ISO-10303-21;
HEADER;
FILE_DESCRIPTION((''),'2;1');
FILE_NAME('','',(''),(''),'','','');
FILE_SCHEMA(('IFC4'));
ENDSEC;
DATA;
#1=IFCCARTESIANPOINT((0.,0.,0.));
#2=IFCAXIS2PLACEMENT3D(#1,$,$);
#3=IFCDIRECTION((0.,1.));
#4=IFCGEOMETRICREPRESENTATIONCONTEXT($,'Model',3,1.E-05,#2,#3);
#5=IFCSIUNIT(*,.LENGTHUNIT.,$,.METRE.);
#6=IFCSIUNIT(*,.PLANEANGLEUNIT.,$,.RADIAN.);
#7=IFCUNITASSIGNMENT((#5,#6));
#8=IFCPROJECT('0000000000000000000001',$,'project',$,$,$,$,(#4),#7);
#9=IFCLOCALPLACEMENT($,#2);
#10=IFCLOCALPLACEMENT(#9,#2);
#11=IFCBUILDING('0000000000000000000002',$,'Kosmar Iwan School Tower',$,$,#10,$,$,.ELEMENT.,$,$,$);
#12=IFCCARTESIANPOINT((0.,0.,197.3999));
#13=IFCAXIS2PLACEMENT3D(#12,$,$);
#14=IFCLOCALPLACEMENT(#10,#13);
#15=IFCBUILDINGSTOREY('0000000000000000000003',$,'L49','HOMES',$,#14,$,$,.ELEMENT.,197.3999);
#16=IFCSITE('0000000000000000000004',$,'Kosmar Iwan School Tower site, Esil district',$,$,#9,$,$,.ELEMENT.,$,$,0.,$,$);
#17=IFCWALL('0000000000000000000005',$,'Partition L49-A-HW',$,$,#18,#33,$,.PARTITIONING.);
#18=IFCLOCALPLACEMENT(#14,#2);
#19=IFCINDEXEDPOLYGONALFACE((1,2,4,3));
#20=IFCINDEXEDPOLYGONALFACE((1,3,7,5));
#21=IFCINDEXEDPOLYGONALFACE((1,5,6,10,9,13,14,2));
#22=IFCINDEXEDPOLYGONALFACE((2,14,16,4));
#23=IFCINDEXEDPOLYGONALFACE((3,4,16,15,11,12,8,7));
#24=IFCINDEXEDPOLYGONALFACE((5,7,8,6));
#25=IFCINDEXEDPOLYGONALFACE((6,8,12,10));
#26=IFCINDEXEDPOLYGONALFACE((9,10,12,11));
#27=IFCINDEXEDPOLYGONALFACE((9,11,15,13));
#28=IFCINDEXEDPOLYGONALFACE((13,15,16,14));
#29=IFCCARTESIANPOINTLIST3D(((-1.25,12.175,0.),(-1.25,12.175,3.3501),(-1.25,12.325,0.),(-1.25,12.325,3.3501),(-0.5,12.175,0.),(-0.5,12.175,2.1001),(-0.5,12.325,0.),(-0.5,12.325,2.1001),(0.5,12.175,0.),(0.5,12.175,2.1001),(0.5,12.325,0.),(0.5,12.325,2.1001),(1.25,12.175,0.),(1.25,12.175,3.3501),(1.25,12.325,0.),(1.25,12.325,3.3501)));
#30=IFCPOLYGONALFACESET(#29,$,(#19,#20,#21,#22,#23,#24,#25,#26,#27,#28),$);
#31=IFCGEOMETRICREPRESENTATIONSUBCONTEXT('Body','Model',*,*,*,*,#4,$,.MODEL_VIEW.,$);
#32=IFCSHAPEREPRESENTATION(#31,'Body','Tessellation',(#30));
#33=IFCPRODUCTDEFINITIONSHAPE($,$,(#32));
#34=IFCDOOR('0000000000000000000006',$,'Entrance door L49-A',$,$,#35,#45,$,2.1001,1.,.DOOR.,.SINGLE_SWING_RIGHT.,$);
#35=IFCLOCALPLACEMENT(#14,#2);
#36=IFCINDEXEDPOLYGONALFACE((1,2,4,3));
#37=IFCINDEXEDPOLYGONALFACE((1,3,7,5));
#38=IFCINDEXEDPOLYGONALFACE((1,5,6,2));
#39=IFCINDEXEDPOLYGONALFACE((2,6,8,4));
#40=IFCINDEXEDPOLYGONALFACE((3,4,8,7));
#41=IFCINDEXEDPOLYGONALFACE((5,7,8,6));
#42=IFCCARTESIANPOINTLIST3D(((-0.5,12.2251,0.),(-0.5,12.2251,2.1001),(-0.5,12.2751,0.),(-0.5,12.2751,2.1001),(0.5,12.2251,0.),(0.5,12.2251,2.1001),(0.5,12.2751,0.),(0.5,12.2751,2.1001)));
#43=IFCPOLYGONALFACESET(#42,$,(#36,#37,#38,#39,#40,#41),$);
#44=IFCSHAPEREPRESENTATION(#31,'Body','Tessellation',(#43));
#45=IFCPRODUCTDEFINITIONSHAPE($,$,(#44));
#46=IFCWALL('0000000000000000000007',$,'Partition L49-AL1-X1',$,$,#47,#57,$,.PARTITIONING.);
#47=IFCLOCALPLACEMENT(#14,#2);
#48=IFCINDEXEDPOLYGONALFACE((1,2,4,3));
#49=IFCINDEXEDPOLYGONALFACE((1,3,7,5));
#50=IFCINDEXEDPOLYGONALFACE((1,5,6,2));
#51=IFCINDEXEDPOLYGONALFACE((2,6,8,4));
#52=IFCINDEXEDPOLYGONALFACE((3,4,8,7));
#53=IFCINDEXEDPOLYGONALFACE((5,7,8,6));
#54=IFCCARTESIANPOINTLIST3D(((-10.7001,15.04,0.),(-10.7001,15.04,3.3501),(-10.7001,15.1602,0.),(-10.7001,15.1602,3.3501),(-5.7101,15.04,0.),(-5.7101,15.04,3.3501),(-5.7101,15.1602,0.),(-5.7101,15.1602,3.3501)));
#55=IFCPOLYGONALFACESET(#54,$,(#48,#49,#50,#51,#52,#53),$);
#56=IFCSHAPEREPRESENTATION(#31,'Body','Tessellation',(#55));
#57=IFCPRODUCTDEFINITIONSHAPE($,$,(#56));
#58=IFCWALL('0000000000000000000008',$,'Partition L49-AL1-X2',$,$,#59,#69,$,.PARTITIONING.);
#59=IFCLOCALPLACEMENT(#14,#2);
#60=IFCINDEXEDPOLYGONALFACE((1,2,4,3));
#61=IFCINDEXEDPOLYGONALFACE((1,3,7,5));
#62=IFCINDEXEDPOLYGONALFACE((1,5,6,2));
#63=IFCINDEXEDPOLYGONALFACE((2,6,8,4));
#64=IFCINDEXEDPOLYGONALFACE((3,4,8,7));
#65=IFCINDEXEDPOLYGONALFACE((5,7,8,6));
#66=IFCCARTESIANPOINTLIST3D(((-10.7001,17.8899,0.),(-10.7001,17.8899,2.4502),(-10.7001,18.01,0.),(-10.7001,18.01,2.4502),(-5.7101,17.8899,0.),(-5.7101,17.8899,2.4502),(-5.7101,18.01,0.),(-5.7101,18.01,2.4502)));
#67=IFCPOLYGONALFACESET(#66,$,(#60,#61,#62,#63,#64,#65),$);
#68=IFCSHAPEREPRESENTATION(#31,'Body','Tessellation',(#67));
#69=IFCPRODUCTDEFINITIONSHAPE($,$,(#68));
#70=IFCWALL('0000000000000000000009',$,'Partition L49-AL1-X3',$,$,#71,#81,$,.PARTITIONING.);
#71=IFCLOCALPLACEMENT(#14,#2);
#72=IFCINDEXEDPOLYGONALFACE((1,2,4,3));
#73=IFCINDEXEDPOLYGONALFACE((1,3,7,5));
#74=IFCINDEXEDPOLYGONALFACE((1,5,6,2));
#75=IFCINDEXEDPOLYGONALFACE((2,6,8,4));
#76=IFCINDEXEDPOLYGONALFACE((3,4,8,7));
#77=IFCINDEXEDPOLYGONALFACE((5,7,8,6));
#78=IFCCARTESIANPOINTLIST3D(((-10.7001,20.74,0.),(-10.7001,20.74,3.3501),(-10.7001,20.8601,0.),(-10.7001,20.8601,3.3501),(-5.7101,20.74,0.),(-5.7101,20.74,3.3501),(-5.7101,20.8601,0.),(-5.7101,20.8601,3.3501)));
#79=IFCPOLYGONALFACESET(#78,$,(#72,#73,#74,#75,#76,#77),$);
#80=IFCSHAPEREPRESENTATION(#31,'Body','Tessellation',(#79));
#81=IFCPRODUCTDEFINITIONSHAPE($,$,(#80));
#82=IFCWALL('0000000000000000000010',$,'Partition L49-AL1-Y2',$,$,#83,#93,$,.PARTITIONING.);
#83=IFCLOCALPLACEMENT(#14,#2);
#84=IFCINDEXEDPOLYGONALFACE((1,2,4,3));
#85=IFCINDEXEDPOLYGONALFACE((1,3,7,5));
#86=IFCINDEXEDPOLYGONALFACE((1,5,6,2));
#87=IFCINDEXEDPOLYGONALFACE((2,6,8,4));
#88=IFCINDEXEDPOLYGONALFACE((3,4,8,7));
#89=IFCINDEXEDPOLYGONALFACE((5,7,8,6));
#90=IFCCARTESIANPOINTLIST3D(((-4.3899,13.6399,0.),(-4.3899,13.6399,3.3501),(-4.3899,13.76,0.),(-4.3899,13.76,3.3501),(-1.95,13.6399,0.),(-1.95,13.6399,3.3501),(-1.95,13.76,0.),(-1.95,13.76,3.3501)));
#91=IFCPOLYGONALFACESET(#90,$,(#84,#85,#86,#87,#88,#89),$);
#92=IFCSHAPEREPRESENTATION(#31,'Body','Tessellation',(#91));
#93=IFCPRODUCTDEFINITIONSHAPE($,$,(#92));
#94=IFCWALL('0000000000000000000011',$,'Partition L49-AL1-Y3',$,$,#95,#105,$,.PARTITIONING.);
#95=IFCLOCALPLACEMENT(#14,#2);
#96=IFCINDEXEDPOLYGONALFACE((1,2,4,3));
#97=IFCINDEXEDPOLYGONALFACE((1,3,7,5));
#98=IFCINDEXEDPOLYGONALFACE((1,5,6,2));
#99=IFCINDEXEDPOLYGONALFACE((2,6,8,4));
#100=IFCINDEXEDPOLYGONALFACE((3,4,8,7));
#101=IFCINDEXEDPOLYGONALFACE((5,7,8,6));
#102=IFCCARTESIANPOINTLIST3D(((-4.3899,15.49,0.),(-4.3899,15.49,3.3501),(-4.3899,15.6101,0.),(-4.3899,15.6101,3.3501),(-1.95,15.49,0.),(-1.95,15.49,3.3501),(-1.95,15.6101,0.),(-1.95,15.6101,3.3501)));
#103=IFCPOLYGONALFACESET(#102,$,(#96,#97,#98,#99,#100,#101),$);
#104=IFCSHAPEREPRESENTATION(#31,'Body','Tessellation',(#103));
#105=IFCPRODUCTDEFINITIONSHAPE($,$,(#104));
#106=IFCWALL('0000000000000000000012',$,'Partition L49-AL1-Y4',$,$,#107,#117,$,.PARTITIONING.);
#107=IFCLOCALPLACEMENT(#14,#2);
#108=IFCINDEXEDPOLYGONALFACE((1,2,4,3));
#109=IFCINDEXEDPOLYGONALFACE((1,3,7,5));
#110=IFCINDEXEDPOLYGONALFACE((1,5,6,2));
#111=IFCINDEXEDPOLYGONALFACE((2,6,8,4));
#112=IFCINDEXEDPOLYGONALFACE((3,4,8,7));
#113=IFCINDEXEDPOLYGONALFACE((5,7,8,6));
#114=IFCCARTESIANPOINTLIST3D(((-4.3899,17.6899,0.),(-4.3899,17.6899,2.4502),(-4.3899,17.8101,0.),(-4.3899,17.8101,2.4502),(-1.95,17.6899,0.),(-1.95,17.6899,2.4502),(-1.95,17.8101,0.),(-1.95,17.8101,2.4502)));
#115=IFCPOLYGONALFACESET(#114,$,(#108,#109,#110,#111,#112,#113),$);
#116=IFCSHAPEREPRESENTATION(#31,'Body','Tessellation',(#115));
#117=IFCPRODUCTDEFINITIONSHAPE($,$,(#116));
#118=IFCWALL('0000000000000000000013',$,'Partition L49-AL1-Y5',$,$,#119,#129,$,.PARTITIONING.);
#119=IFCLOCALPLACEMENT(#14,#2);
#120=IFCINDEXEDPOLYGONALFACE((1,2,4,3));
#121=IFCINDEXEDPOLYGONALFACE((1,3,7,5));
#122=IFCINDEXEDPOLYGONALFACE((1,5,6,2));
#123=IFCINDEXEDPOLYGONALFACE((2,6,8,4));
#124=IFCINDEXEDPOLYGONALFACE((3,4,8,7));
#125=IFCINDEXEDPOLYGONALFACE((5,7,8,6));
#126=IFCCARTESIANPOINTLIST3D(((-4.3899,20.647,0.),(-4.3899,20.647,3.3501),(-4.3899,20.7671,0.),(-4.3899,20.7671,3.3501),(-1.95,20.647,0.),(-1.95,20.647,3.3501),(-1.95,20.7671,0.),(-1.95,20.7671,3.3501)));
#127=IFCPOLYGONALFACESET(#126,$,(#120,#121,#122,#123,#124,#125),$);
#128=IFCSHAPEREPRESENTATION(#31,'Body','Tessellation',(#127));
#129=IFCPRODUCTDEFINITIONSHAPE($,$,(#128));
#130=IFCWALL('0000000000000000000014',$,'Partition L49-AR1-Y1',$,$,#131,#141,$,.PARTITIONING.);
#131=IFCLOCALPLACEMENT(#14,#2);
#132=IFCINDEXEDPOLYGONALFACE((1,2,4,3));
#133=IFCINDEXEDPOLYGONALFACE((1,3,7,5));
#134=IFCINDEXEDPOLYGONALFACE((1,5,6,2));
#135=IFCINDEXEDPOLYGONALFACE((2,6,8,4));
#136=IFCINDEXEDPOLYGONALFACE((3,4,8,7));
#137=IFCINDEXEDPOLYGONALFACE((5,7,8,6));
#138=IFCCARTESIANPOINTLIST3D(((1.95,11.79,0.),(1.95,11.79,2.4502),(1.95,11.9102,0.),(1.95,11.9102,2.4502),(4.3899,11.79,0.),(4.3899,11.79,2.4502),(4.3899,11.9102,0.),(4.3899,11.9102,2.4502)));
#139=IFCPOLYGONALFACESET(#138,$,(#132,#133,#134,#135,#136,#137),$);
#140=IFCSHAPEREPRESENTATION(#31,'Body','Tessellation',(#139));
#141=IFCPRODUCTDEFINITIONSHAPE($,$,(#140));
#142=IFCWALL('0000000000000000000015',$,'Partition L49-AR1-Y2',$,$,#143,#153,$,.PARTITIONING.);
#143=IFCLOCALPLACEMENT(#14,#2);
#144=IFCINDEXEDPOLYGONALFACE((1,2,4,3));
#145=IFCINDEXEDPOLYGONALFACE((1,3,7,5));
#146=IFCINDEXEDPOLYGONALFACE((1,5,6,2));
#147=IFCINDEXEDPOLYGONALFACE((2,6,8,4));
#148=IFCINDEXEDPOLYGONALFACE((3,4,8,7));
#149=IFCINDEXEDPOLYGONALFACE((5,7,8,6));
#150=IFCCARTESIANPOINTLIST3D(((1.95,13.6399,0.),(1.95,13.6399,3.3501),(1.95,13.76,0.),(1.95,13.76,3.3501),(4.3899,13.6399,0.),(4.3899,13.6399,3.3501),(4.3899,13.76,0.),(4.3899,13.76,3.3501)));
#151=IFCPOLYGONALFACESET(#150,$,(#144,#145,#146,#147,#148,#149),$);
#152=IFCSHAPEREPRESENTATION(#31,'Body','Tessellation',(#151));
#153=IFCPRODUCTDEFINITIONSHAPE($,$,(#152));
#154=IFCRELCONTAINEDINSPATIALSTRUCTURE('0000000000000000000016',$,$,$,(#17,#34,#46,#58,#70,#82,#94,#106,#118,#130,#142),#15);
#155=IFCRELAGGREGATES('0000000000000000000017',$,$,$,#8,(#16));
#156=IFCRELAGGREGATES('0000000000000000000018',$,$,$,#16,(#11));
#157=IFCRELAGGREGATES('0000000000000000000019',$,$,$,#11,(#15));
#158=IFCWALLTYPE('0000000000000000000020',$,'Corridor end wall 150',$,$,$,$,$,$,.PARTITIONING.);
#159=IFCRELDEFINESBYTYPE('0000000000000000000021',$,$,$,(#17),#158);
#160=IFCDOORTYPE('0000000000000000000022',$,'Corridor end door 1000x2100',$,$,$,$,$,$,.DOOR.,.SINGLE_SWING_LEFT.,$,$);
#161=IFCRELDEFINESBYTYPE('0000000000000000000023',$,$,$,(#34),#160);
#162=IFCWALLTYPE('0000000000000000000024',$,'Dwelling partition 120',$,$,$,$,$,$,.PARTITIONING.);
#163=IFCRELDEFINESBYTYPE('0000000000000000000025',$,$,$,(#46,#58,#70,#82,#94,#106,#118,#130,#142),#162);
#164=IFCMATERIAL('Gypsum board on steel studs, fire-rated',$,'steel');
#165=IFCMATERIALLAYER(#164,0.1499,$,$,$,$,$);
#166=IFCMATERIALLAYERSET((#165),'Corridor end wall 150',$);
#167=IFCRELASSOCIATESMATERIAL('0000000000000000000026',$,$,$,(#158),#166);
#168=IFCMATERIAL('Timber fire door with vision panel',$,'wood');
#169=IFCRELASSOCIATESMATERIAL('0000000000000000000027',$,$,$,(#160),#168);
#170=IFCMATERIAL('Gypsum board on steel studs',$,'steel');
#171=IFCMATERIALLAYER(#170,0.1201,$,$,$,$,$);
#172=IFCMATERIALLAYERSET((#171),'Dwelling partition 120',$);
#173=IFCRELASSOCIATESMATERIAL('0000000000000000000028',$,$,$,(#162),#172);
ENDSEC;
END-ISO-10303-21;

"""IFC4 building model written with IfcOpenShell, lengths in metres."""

from ifc_helpers import new_model, si_unit, direction, frame, frame_2d, origin, place, context, subcontext, project, spatial, rectangle, extrude, material, layer, layer_set, type_object, element, fill, save


model = new_model("IFC4")

# Units and contexts
model_context = context("Model", 3, precision=1e-05, world=origin(), true_north=direction((0.0, 1.0)))
body_context = subcontext(model_context, "Body", "Model", "MODEL_VIEW")
ifc_project = project(units=[si_unit("LENGTHUNIT", "METRE"), si_unit("PLANEANGLEUNIT", "RADIAN")], contexts=[model_context])

# Site, building, storey
site_placement = place(None, origin())
site = spatial("IfcSite", under=ifc_project, at=site_placement, Name="Kosmar Iwan School Tower site, Esil district", CompositionType="ELEMENT", RefElevation=0.0)
building_placement = place(site_placement, origin())
building = spatial("IfcBuilding", under=site, at=building_placement, Name="Kosmar Iwan School Tower", CompositionType="ELEMENT")
storey_placement = place(building_placement, frame((0.0, 0.0, 197.3999)))
storey = spatial("IfcBuildingStorey", under=building, at=storey_placement, Name="L49", Description="HOMES", CompositionType="ELEMENT", Elevation=197.3999)

# Wall, opening, door
ifc_material_1 = material(Name="Gypsum board on steel studs, fire-rated", Category="steel")
ifc_layer_1 = layer(ifc_material_1, 0.1499)
ifc_layer_set_1 = layer_set([ifc_layer_1], Name="Corridor end wall 150")
wall_type_1 = type_object("IfcWallType", Name="Corridor end wall 150", PredefinedType="PARTITIONING", material=ifc_layer_set_1)
ifc_material_2 = material(Name="Timber fire door with vision panel", Category="wood")
door_type = type_object("IfcDoorType", Name="Corridor end door 1000x2100", OperationType="SINGLE_SWING_LEFT", PredefinedType="DOOR", material=ifc_material_2)
wall_1_placement = place(storey_placement, frame((1.25, 12.25, 0.0), z_axis=(0.0, 0.0, 1.0), x_axis=(-1.0, 0.0, 0.0)))
wall_1 = element("IfcWall", 1, at=wall_1_placement, inside=storey, type_object=wall_type_1, Name="Partition L49-A-HW", PredefinedType="PARTITIONING", context=body_context, shape_type="SweptSolid", body=[
    extrude(rectangle(XDim=2.5, YDim=0.1499, at=frame_2d((1.25, 0.0))), origin(), (0.0, 0.0, 1.0), 3.3501),
])
opening_1_placement = place(wall_1_placement, frame((0.75, 0.0, 0.0)))
opening_1 = element("IfcOpeningElement", 2, at=opening_1_placement, cuts=wall_1, PredefinedType="OPENING", context=body_context, shape_type="SweptSolid", body=[
    extrude(rectangle(XDim=1.0, YDim=2.1001, at=frame_2d((0.5, 1.05))), frame((0.0, 0.0869, 0.0), z_axis=(0.0, -1.0, 0.0), x_axis=(1.0, 0.0, 0.0)), (0.0, 0.0, 1.0), 0.1738),
])
door_1_placement = place(opening_1_placement, origin())
door_1 = element("IfcDoor", 3, at=door_1_placement, inside=storey, type_object=door_type, Name="Entrance door L49-A", OperationType="SINGLE_SWING_RIGHT", OverallHeight=2.1001, OverallWidth=1.0, PredefinedType="DOOR", context=body_context, shape_type="SweptSolid", body=[
    extrude(rectangle(XDim=1.0, YDim=2.1001, at=frame_2d((0.5, 1.05))), frame((0.0, 0.0249, 0.0), z_axis=(0.0, -1.0, 0.0), x_axis=(1.0, 0.0, 0.0)), (0.0, 0.0, 1.0), 0.05),
])
fill(opening_1, door_1)

# Walls
ifc_material_3 = material(Name="Gypsum board on steel studs", Category="steel")
ifc_layer_2 = layer(ifc_material_3, 0.1201)
ifc_layer_set_2 = layer_set([ifc_layer_2], Name="Dwelling partition 120")
wall_type_2 = type_object("IfcWallType", Name="Dwelling partition 120", PredefinedType="PARTITIONING", material=ifc_layer_set_2)
wall_2_placement = place(storey_placement, frame((-5.71, 15.1001, 0.0), z_axis=(0.0, 0.0, 1.0), x_axis=(-1.0, 0.0, 0.0)))
element("IfcWall", 4, at=wall_2_placement, inside=storey, type_object=wall_type_2, Name="Partition L49-AL1-X1", PredefinedType="PARTITIONING", context=body_context, shape_type="SweptSolid", body=[
    extrude(rectangle(XDim=4.99, YDim=0.1201, at=frame_2d((2.4951, 0.0))), origin(), (0.0, 0.0, 1.0), 3.3501),
])
wall_3_placement = place(storey_placement, frame((-5.71, 17.95, 0.0), z_axis=(0.0, 0.0, 1.0), x_axis=(-1.0, 0.0, 0.0)))
element("IfcWall", 5, at=wall_3_placement, inside=storey, type_object=wall_type_2, Name="Partition L49-AL1-X2", PredefinedType="PARTITIONING", context=body_context, shape_type="SweptSolid", body=[
    extrude(rectangle(XDim=4.99, YDim=0.1201, at=frame_2d((2.4951, 0.0))), origin(), (0.0, 0.0, 1.0), 2.4502),
])
wall_4_placement = place(storey_placement, frame((-5.71, 20.8, 0.0), z_axis=(0.0, 0.0, 1.0), x_axis=(-1.0, 0.0, 0.0)))
element("IfcWall", 6, at=wall_4_placement, inside=storey, type_object=wall_type_2, Name="Partition L49-AL1-X3", PredefinedType="PARTITIONING", context=body_context, shape_type="SweptSolid", body=[
    extrude(rectangle(XDim=4.99, YDim=0.1201, at=frame_2d((2.4951, 0.0))), origin(), (0.0, 0.0, 1.0), 3.3501),
])
for number, where, z_axis, x_axis, name in (
    (7, (-1.95, 13.7, 0.0), (0.0, 0.0, 1.0), (-1.0, 0.0, 0.0), "Partition L49-AL1-Y2"),
    (8, (-1.95, 15.55, 0.0), (0.0, 0.0, 1.0), (-1.0, 0.0, 0.0), "Partition L49-AL1-Y3"),
):
    element("IfcWall", number, at=place(storey_placement, frame(where, z_axis=z_axis, x_axis=x_axis)), inside=storey, type_object=wall_type_2, Name=name, PredefinedType="PARTITIONING", context=body_context, shape_type="SweptSolid", body=[
        extrude(rectangle(XDim=2.4399, YDim=0.1201, at=frame_2d((1.22, 0.0))), origin(), (0.0, 0.0, 1.0), 3.3501),
    ])
wall_5_placement = place(storey_placement, frame((-1.95, 17.75, 0.0), z_axis=(0.0, 0.0, 1.0), x_axis=(-1.0, 0.0, 0.0)))
element("IfcWall", 9, at=wall_5_placement, inside=storey, type_object=wall_type_2, Name="Partition L49-AL1-Y4", PredefinedType="PARTITIONING", context=body_context, shape_type="SweptSolid", body=[
    extrude(rectangle(XDim=2.4399, YDim=0.1201, at=frame_2d((1.22, 0.0))), origin(), (0.0, 0.0, 1.0), 2.4502),
])
wall_6_placement = place(storey_placement, frame((-1.95, 20.707, 0.0), z_axis=(0.0, 0.0, 1.0), x_axis=(-1.0, 0.0, 0.0)))
element("IfcWall", 10, at=wall_6_placement, inside=storey, type_object=wall_type_2, Name="Partition L49-AL1-Y5", PredefinedType="PARTITIONING", context=body_context, shape_type="SweptSolid", body=[
    extrude(rectangle(XDim=2.4399, YDim=0.1201, at=frame_2d((1.22, 0.0))), origin(), (0.0, 0.0, 1.0), 3.3501),
])
wall_7_placement = place(storey_placement, frame((1.95, 11.8501, 0.0), z_axis=(0.0, 0.0, 1.0), x_axis=(1.0, 0.0, 0.0)))
element("IfcWall", 11, at=wall_7_placement, inside=storey, type_object=wall_type_2, Name="Partition L49-AR1-Y1", PredefinedType="PARTITIONING", context=body_context, shape_type="SweptSolid", body=[
    extrude(rectangle(XDim=2.4399, YDim=0.1201, at=frame_2d((1.22, 0.0))), origin(), (0.0, 0.0, 1.0), 2.4502),
])
wall_8_placement = place(storey_placement, frame((1.95, 13.7, 0.0), z_axis=(0.0, 0.0, 1.0), x_axis=(1.0, 0.0, 0.0)))
element("IfcWall", 12, at=wall_8_placement, inside=storey, type_object=wall_type_2, Name="Partition L49-AR1-Y2", PredefinedType="PARTITIONING", context=body_context, shape_type="SweptSolid", body=[
    extrude(rectangle(XDim=2.4399, YDim=0.1201, at=frame_2d((1.22, 0.0))), origin(), (0.0, 0.0, 1.0), 3.3501),
])

save(model, "model.ifc")
